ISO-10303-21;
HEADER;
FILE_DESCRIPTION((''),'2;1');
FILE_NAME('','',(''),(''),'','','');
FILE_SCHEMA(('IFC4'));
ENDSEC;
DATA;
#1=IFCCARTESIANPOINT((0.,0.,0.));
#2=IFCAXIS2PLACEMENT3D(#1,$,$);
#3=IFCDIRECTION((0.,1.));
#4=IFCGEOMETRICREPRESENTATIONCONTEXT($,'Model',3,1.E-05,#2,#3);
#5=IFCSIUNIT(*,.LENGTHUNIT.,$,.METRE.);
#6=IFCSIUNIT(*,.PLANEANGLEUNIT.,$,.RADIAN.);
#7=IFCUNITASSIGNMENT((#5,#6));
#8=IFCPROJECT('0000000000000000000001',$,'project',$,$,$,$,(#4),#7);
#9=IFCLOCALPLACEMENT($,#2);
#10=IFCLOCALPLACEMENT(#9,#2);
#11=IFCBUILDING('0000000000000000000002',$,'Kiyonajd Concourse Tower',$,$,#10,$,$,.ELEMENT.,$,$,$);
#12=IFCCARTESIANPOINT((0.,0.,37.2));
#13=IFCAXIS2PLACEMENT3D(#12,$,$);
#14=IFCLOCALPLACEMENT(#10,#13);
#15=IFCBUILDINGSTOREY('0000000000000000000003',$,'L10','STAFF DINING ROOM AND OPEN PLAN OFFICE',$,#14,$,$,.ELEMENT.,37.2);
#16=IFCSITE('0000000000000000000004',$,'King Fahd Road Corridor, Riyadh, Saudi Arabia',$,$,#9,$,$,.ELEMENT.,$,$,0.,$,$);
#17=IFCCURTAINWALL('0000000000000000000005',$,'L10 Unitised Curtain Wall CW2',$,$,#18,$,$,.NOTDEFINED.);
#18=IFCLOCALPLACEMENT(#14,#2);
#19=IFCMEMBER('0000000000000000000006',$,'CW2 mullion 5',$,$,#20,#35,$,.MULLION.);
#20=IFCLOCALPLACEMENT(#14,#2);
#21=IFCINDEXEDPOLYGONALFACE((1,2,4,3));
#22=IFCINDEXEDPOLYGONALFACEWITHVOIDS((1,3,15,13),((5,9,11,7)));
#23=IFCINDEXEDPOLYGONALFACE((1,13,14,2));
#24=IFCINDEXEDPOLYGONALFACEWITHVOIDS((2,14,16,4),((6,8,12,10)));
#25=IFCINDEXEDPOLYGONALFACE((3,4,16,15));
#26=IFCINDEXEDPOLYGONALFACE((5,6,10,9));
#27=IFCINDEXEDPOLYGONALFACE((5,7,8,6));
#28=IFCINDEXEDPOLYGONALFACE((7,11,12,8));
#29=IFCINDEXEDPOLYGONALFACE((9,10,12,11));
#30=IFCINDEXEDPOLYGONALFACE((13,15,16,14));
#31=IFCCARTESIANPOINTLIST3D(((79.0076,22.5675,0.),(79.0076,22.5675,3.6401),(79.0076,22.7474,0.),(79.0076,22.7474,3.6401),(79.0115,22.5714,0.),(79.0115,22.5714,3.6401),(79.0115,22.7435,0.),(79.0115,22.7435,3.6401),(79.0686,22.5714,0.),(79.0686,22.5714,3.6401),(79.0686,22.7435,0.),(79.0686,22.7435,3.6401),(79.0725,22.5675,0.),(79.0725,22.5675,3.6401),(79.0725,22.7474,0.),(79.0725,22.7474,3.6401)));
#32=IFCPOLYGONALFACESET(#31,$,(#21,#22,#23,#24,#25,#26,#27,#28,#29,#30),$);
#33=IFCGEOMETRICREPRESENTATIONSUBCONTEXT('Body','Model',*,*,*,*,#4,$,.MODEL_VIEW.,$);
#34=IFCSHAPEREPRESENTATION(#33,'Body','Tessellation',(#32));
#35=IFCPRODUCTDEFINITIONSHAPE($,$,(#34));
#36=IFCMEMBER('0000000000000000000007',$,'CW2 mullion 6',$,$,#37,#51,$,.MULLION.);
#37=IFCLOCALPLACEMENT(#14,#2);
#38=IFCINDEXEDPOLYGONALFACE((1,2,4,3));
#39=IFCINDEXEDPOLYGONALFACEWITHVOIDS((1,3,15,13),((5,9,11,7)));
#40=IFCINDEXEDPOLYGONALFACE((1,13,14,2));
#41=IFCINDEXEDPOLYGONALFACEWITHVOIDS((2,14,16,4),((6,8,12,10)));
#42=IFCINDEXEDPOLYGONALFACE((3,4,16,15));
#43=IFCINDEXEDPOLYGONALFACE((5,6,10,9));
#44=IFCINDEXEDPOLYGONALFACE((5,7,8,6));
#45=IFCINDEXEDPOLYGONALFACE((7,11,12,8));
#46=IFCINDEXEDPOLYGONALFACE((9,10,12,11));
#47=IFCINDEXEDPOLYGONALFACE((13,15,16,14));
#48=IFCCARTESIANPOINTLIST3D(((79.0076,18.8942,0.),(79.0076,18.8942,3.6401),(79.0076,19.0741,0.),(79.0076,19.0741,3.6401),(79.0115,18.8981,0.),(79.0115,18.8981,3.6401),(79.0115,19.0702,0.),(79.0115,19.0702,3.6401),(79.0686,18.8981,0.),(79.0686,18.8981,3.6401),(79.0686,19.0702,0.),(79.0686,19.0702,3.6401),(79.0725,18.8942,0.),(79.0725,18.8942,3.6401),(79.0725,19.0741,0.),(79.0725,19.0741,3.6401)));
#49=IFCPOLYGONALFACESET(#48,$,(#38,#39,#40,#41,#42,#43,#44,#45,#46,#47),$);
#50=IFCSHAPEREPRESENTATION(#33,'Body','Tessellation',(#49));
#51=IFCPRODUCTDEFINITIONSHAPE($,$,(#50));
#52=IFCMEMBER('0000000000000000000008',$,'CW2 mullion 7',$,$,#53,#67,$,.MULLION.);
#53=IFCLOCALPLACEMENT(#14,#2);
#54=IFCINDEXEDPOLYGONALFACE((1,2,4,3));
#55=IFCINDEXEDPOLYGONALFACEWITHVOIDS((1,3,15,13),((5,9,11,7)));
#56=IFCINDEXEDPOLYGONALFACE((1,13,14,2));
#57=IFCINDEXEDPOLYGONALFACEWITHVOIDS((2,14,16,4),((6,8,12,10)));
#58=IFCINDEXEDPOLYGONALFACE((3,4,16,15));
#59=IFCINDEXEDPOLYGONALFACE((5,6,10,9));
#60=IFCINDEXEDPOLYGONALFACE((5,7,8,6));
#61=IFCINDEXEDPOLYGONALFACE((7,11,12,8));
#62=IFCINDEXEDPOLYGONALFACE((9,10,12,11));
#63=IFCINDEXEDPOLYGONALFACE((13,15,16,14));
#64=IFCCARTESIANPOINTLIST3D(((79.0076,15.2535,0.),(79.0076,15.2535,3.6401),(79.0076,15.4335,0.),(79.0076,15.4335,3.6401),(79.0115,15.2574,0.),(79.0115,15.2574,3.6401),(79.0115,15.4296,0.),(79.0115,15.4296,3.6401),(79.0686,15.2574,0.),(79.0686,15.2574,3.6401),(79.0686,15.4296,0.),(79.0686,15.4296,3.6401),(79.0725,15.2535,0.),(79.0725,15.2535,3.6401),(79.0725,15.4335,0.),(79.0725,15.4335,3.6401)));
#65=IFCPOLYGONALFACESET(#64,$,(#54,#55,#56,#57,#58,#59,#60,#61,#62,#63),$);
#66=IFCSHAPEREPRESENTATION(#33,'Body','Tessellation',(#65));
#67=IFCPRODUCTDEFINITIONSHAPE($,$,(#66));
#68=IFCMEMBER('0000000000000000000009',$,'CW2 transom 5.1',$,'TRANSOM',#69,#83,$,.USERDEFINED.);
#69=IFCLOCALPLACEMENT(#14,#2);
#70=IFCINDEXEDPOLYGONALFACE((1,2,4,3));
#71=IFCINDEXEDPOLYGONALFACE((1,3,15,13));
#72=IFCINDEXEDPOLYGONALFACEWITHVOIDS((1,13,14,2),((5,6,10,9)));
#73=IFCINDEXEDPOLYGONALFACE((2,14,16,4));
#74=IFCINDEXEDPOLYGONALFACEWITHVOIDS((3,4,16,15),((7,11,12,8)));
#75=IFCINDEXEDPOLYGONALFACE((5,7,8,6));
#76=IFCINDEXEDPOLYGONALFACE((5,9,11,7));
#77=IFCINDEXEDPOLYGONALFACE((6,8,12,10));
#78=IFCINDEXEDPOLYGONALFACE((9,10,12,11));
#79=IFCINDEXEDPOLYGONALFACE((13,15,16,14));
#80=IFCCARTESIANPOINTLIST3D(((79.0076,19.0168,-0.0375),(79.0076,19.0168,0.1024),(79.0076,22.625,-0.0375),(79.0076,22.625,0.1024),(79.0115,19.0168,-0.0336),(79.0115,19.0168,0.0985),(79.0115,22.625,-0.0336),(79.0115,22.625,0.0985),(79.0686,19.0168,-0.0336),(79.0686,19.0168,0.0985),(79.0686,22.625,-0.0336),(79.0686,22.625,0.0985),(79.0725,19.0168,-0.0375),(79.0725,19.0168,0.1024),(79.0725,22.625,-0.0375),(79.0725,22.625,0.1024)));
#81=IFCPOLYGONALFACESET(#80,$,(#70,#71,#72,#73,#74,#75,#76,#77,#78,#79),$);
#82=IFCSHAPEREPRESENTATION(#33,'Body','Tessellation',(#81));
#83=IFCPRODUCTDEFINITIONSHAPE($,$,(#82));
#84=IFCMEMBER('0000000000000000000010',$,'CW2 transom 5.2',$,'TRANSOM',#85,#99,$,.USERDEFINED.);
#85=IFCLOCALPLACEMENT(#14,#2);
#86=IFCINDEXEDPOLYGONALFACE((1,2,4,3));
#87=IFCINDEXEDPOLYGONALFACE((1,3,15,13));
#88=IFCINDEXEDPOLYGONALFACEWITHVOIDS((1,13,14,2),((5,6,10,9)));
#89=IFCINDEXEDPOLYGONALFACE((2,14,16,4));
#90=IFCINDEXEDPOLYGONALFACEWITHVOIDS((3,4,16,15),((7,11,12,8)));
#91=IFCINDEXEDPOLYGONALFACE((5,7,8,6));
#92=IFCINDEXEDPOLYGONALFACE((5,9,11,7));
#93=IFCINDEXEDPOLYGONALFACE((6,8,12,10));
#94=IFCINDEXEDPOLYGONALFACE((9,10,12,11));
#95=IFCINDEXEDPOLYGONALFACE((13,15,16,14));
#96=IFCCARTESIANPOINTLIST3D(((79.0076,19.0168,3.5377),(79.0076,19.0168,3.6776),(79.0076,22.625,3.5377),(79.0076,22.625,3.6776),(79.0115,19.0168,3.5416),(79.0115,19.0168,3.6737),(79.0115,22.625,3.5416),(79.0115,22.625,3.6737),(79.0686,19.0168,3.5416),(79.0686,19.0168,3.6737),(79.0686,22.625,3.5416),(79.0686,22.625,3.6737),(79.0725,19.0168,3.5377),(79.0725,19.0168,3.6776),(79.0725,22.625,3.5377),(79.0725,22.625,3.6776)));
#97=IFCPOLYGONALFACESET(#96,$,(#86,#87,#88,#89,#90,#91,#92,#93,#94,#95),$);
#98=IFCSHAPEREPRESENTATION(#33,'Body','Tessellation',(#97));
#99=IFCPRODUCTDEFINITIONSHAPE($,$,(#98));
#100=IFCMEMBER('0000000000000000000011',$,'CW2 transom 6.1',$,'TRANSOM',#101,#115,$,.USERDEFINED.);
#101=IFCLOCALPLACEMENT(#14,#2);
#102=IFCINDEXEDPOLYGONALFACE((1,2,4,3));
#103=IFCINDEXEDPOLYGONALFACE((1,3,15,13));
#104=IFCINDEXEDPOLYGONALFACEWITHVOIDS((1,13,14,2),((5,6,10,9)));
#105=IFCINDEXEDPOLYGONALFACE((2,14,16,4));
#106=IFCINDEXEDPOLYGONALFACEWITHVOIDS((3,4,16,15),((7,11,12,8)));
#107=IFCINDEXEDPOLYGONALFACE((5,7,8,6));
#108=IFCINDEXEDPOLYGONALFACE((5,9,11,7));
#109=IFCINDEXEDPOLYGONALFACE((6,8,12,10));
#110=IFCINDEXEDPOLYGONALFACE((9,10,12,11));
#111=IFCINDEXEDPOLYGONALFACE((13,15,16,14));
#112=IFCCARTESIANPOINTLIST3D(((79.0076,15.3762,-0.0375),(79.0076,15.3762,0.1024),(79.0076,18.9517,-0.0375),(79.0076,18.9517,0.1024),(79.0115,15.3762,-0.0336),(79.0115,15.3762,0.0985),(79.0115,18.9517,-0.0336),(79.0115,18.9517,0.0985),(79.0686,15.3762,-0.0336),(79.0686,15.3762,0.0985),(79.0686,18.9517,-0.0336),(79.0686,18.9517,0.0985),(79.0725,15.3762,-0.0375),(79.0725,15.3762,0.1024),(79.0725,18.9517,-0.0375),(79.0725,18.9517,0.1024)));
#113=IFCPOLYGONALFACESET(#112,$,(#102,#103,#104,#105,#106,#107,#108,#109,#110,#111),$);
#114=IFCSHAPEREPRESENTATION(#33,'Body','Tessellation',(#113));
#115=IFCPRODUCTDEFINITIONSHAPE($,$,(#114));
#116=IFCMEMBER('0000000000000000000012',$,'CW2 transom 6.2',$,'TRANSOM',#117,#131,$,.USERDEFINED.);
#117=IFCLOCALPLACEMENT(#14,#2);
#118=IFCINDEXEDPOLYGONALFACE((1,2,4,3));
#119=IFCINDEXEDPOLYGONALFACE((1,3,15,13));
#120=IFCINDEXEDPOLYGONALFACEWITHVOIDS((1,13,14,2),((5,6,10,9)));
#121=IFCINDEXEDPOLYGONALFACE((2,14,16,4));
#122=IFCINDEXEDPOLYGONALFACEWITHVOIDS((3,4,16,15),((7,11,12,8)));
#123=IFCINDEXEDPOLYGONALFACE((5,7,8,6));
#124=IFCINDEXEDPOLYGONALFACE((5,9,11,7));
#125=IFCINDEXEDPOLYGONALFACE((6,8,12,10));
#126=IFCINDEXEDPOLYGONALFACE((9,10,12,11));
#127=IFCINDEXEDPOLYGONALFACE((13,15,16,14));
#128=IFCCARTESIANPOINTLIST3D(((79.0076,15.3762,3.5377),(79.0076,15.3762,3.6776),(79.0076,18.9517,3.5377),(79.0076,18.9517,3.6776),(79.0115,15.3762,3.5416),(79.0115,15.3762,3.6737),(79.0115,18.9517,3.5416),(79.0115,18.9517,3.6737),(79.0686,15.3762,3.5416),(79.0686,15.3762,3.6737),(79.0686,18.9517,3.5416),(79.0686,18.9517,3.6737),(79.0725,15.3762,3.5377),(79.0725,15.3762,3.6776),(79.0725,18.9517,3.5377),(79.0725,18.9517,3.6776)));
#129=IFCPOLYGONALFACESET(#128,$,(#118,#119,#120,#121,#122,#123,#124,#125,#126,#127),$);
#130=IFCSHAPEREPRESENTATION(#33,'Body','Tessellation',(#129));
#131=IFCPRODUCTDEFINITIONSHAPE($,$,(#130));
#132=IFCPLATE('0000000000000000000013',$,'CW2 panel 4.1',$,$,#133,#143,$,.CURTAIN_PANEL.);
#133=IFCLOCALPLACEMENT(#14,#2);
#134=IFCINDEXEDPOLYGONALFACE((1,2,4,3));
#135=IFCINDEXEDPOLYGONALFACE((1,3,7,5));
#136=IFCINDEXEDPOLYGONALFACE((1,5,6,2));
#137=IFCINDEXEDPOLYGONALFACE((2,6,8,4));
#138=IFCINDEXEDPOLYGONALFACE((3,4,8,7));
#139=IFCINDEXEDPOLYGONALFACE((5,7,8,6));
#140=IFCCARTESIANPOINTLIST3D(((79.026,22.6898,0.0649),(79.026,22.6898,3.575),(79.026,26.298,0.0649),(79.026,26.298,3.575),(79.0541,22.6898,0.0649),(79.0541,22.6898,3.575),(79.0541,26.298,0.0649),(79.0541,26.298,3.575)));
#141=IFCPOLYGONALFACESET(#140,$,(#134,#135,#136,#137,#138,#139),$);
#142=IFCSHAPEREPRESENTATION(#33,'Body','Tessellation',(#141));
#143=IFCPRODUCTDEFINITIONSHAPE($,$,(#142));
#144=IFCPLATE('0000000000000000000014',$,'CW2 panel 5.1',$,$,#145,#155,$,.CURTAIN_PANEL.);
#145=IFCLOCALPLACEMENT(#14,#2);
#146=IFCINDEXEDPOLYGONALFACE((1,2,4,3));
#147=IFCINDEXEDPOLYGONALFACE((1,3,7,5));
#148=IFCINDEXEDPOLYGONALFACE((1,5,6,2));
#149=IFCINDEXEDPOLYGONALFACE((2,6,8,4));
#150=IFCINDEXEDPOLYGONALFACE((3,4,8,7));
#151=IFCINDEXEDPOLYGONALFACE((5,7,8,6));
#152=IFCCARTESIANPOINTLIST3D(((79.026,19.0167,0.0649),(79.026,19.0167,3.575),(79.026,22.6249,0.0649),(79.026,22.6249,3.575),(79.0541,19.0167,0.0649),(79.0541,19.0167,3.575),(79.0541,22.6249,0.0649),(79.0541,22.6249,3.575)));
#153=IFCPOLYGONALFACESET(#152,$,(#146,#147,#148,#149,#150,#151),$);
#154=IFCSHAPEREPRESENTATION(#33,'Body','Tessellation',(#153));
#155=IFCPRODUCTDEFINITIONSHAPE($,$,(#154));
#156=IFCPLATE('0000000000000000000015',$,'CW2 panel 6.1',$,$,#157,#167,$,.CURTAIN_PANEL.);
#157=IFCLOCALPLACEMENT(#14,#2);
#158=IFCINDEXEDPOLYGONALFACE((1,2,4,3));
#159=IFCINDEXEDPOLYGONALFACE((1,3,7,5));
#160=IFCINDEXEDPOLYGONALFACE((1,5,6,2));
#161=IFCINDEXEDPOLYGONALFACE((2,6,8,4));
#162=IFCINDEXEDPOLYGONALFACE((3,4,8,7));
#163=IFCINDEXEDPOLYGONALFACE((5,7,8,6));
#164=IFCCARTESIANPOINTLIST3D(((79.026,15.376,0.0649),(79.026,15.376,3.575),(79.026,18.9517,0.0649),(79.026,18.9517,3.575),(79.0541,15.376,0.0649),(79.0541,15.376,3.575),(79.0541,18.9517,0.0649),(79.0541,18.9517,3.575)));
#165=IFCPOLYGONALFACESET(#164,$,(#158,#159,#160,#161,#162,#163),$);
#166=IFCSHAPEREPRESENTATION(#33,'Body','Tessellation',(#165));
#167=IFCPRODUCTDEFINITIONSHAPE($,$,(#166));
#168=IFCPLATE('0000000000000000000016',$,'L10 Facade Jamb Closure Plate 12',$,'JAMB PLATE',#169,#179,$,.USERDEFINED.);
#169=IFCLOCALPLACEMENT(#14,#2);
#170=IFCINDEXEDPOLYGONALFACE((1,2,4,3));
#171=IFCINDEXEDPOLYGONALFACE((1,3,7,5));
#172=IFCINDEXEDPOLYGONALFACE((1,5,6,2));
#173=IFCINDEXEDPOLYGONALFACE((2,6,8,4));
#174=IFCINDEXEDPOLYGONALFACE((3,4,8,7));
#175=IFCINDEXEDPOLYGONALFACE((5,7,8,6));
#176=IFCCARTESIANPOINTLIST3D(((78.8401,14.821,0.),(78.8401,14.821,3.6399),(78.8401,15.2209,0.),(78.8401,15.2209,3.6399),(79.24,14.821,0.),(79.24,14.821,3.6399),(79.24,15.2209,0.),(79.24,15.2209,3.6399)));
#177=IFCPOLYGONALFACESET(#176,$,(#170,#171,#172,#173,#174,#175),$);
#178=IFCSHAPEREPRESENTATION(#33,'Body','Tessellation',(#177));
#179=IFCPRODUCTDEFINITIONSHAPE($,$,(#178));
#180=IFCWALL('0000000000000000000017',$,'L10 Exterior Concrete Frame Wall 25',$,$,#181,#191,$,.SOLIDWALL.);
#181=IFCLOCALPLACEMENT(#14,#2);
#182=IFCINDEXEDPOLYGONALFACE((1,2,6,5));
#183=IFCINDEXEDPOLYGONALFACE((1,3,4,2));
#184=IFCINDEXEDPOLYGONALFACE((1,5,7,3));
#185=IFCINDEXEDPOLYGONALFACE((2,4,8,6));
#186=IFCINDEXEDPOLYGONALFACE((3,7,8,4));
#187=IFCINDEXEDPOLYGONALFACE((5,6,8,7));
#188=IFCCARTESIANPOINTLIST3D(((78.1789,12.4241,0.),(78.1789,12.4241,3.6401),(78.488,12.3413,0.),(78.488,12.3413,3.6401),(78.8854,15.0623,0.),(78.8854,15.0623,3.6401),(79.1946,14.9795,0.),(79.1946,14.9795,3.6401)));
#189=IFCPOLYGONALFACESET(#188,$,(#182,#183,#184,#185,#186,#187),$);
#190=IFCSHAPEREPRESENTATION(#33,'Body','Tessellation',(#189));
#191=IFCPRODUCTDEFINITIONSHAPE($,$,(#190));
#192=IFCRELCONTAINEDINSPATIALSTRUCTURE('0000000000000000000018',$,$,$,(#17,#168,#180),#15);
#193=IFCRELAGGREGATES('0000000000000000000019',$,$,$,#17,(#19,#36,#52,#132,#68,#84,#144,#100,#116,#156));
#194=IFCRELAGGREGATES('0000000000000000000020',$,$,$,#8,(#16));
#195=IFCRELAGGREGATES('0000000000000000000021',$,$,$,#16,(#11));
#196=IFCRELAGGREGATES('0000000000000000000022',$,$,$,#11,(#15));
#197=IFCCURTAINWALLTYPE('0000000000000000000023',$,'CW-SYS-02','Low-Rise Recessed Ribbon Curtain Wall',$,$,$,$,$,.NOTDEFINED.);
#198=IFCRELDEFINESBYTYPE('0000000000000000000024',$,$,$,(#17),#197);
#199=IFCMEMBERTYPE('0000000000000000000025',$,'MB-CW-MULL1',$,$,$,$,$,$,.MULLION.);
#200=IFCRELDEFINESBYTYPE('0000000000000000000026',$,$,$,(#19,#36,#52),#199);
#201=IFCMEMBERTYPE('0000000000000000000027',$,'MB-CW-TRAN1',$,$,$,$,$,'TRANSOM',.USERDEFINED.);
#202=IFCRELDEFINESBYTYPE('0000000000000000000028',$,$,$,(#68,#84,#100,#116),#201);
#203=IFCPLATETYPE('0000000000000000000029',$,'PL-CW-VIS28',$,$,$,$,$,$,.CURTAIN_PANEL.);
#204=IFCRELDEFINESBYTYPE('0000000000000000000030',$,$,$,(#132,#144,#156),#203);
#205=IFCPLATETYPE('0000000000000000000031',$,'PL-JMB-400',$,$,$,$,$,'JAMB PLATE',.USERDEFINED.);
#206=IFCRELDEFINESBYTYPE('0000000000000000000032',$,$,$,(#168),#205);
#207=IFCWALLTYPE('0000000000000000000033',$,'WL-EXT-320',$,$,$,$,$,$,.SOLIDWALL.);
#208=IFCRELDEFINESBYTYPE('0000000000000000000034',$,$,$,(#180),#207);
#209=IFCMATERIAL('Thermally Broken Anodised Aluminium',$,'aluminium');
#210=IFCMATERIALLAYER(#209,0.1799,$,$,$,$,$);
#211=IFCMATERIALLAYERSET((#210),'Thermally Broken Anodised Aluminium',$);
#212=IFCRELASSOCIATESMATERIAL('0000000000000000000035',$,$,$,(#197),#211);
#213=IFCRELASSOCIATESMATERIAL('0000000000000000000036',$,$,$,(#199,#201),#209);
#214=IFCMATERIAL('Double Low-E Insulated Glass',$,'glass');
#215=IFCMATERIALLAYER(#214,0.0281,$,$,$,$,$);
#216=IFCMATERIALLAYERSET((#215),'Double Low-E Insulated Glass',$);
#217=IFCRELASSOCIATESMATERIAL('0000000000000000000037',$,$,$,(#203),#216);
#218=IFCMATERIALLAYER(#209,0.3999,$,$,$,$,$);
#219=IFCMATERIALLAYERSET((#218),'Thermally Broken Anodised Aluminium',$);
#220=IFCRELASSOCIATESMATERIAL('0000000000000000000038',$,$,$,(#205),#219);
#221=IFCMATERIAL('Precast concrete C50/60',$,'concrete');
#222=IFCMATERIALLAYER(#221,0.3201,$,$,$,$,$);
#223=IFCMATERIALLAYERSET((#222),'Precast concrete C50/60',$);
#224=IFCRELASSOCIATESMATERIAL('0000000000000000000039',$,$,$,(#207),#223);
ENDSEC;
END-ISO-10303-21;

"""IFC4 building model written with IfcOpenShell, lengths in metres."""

from ifc_helpers import new_model, si_unit, direction, frame, frame_2d, origin, origin_2d, place, context, subcontext, project, spatial, rectangle, hollow_rectangle, extrude, material, layer, layer_set, material_profile, profile_set, type_object, element, aggregate, save


model = new_model("IFC4")

# Units and contexts
model_context = context("Model", 3, precision=1e-05, world=origin(), true_north=direction((0.0, 1.0)))
body_context = subcontext(model_context, "Body", "Model", "MODEL_VIEW")
ifc_project = project(units=[si_unit("LENGTHUNIT", "METRE"), si_unit("PLANEANGLEUNIT", "RADIAN")], contexts=[model_context])

# Site, building, storey
site_placement = place(None, origin())
site = spatial("IfcSite", under=ifc_project, at=site_placement, Name="King Fahd Road Corridor, Riyadh, Saudi Arabia", CompositionType="ELEMENT", RefElevation=0.0)
building_placement = place(site_placement, origin())
building = spatial("IfcBuilding", under=site, at=building_placement, Name="Kiyonajd Concourse Tower", CompositionType="ELEMENT")
storey_placement = place(building_placement, frame((0.0, 0.0, 37.2)))
storey = spatial("IfcBuildingStorey", under=building, at=storey_placement, Name="L10", Description="STAFF DINING ROOM AND OPEN PLAN OFFICE", CompositionType="ELEMENT", Elevation=37.2)

# Shared definitions
ifc_material_1 = material(Name="Precast concrete C50/60", Category="concrete")

# Curtain wall, members, plates
ifc_material_2 = material(Name="Thermally Broken Anodised Aluminium", Category="aluminium")
ifc_layer_1 = layer(ifc_material_2, 0.1799)
ifc_layer_set_1 = layer_set([ifc_layer_1], Name="Thermally Broken Anodised Aluminium")
curtain_wall_type = type_object("IfcCurtainWallType", Name="CW-SYS-02", Description="Low-Rise Recessed Ribbon Curtain Wall", PredefinedType="NOTDEFINED", material=ifc_layer_set_1)
curtain_wall_placement = place(storey_placement, origin())
curtain_wall = element("IfcCurtainWall", 1, at=curtain_wall_placement, inside=storey, type_object=curtain_wall_type, Name="L10 Unitised Curtain Wall CW2", PredefinedType="NOTDEFINED")
ifc_material_profile_1 = material_profile(ifc_material_2, hollow_rectangle(XDim=0.0649, YDim=0.1799, WallThickness=0.0039, at=origin_2d()), Name="MULL-65x180")
ifc_profile_set_1 = profile_set([ifc_material_profile_1], Name="Thermally Broken Anodised Aluminium")
member_type_1 = type_object("IfcMemberType", Name="MB-CW-MULL1", PredefinedType="MULLION", material=ifc_profile_set_1)
member_1_placement = place(storey_placement, frame((79.04, 22.6575, 0.0), z_axis=(0.0, 0.0, 1.0), x_axis=(1.0, 0.0, 0.0)))
member_1 = element("IfcMember", 2, at=member_1_placement, type_object=member_type_1, Name="CW2 mullion 5", PredefinedType="MULLION", context=body_context, shape_type="SweptSolid", body=[
    extrude(hollow_rectangle(XDim=0.0649, YDim=0.1799, WallThickness=0.0039, at=origin_2d()), origin(), (0.0, 0.0, 1.0), 3.6401),
])
member_2_placement = place(storey_placement, frame((79.04, 18.9841, 0.0), z_axis=(0.0, 0.0, 1.0), x_axis=(1.0, 0.0, 0.0)))
member_2 = element("IfcMember", 3, at=member_2_placement, type_object=member_type_1, Name="CW2 mullion 6", PredefinedType="MULLION", context=body_context, shape_type="SweptSolid", body=[
    extrude(hollow_rectangle(XDim=0.0649, YDim=0.1799, WallThickness=0.0039, at=origin_2d()), origin(), (0.0, 0.0, 1.0), 3.6401),
])
member_3_placement = place(storey_placement, frame((79.04, 15.3435, 0.0), z_axis=(0.0, 0.0, 1.0), x_axis=(1.0, 0.0, 0.0)))
member_3 = element("IfcMember", 4, at=member_3_placement, type_object=member_type_1, Name="CW2 mullion 7", PredefinedType="MULLION", context=body_context, shape_type="SweptSolid", body=[
    extrude(hollow_rectangle(XDim=0.0649, YDim=0.1799, WallThickness=0.0039, at=origin_2d()), origin(), (0.0, 0.0, 1.0), 3.6401),
])
ifc_material_profile_2 = material_profile(ifc_material_2, hollow_rectangle(XDim=0.0649, YDim=0.1399, WallThickness=0.0039, at=origin_2d()), Name="TRAN-65x140")
ifc_profile_set_2 = profile_set([ifc_material_profile_2], Name="Thermally Broken Anodised Aluminium")
member_type_2 = type_object("IfcMemberType", Name="MB-CW-TRAN1", ElementType="TRANSOM", PredefinedType="USERDEFINED", material=ifc_profile_set_2)
member_4_placement = place(storey_placement, frame((79.04, 22.625, 0.0325), z_axis=(0.0, -1.0, 0.0), x_axis=(1.0, 0.0, 0.0)))
member_4 = element("IfcMember", 5, at=member_4_placement, type_object=member_type_2, Name="CW2 transom 5.1", ObjectType="TRANSOM", PredefinedType="USERDEFINED", context=body_context, shape_type="SweptSolid", body=[
    extrude(hollow_rectangle(XDim=0.0649, YDim=0.1399, WallThickness=0.0039, at=origin_2d()), origin(), (0.0, 0.0, 1.0), 3.6082),
])
member_5_placement = place(storey_placement, frame((79.04, 22.625, 3.6077), z_axis=(0.0, -1.0, 0.0), x_axis=(1.0, 0.0, 0.0)))
member_5 = element("IfcMember", 6, at=member_5_placement, type_object=member_type_2, Name="CW2 transom 5.2", ObjectType="TRANSOM", PredefinedType="USERDEFINED", context=body_context, shape_type="SweptSolid", body=[
    extrude(hollow_rectangle(XDim=0.0649, YDim=0.1399, WallThickness=0.0039, at=origin_2d()), origin(), (0.0, 0.0, 1.0), 3.6082),
])
member_6_placement = place(storey_placement, frame((79.04, 18.9517, 0.0325), z_axis=(0.0, -1.0, 0.0), x_axis=(1.0, 0.0, 0.0)))
member_6 = element("IfcMember", 7, at=member_6_placement, type_object=member_type_2, Name="CW2 transom 6.1", ObjectType="TRANSOM", PredefinedType="USERDEFINED", context=body_context, shape_type="SweptSolid", body=[
    extrude(hollow_rectangle(XDim=0.0649, YDim=0.1399, WallThickness=0.0039, at=origin_2d()), origin(), (0.0, 0.0, 1.0), 3.5754),
])
member_7_placement = place(storey_placement, frame((79.04, 18.9517, 3.6077), z_axis=(0.0, -1.0, 0.0), x_axis=(1.0, 0.0, 0.0)))
member_7 = element("IfcMember", 8, at=member_7_placement, type_object=member_type_2, Name="CW2 transom 6.2", ObjectType="TRANSOM", PredefinedType="USERDEFINED", context=body_context, shape_type="SweptSolid", body=[
    extrude(hollow_rectangle(XDim=0.0649, YDim=0.1399, WallThickness=0.0039, at=origin_2d()), origin(), (0.0, 0.0, 1.0), 3.5754),
])
ifc_material_3 = material(Name="Double Low-E Insulated Glass", Category="glass")
ifc_layer_2 = layer(ifc_material_3, 0.0281)
ifc_layer_set_2 = layer_set([ifc_layer_2], Name="Double Low-E Insulated Glass")
plate_type_1 = type_object("IfcPlateType", Name="PL-CW-VIS28", PredefinedType="CURTAIN_PANEL", material=ifc_layer_set_2)
plate_1_placement = place(storey_placement, frame((79.04, 24.4939, 0.0649), z_axis=(0.0, 0.0, 1.0), x_axis=(0.0, -1.0, 0.0)))
plate_1 = element("IfcPlate", 9, at=plate_1_placement, type_object=plate_type_1, Name="CW2 panel 4.1", PredefinedType="CURTAIN_PANEL", context=body_context, shape_type="SweptSolid", body=[
    extrude(rectangle(XDim=3.6082, YDim=0.0281, at=origin_2d()), origin(), (0.0, 0.0, 1.0), 3.51),
])
plate_2_placement = place(storey_placement, frame((79.04, 20.8208, 0.0649), z_axis=(0.0, 0.0, 1.0), x_axis=(0.0, -1.0, 0.0)))
plate_2 = element("IfcPlate", 10, at=plate_2_placement, type_object=plate_type_1, Name="CW2 panel 5.1", PredefinedType="CURTAIN_PANEL", context=body_context, shape_type="SweptSolid", body=[
    extrude(rectangle(XDim=3.6082, YDim=0.0281, at=origin_2d()), origin(), (0.0, 0.0, 1.0), 3.51),
])
plate_3_placement = place(storey_placement, frame((79.04, 17.1638, 0.0649), z_axis=(0.0, 0.0, 1.0), x_axis=(0.0, -1.0, 0.0)))
plate_3 = element("IfcPlate", 11, at=plate_3_placement, type_object=plate_type_1, Name="CW2 panel 6.1", PredefinedType="CURTAIN_PANEL", context=body_context, shape_type="SweptSolid", body=[
    extrude(rectangle(XDim=3.5757, YDim=0.0281, at=origin_2d()), origin(), (0.0, 0.0, 1.0), 3.51),
])
aggregate(curtain_wall, [member_1, member_2, member_3, plate_1, member_4, member_5, plate_2, member_6, member_7, plate_3])

# Plate
ifc_layer_3 = layer(ifc_material_2, 0.3999)
ifc_layer_set_3 = layer_set([ifc_layer_3], Name="Thermally Broken Anodised Aluminium")
plate_type_2 = type_object("IfcPlateType", Name="PL-JMB-400", ElementType="JAMB PLATE", PredefinedType="USERDEFINED", material=ifc_layer_set_3)
plate_4_placement = place(storey_placement, frame((79.04, 15.021, 0.0), z_axis=(0.0, 0.0, 1.0), x_axis=(1.0, 0.0, 0.0)))
element("IfcPlate", 12, at=plate_4_placement, inside=storey, type_object=plate_type_2, Name="L10 Facade Jamb Closure Plate 12", ObjectType="JAMB PLATE", PredefinedType="USERDEFINED", context=body_context, shape_type="SweptSolid", body=[
    extrude(rectangle(XDim=0.3999, YDim=0.3999, at=origin_2d()), origin(), (0.0, 0.0, 1.0), 3.6399),
])

# Wall
ifc_layer_4 = layer(ifc_material_1, 0.3201)
ifc_layer_set_4 = layer_set([ifc_layer_4], Name="Precast concrete C50/60")
wall_type = type_object("IfcWallType", Name="WL-EXT-320", PredefinedType="SOLIDWALL", material=ifc_layer_set_4)
wall_1_placement = place(storey_placement, frame((79.04, 15.021, 0.0), z_axis=(0.0, 0.0, 1.0), x_axis=(-0.258697, -0.965958, 0.0)))
element("IfcWall", 13, at=wall_1_placement, inside=storey, type_object=wall_type, Name="L10 Exterior Concrete Frame Wall 25", PredefinedType="SOLIDWALL", context=body_context, shape_type="SweptSolid", body=[
    extrude(rectangle(XDim=2.7312, YDim=0.3201, at=frame_2d((1.3657, 0.0))), origin(), (0.0, 0.0, 1.0), 3.6401),
])

save(model, "model.ifc")
